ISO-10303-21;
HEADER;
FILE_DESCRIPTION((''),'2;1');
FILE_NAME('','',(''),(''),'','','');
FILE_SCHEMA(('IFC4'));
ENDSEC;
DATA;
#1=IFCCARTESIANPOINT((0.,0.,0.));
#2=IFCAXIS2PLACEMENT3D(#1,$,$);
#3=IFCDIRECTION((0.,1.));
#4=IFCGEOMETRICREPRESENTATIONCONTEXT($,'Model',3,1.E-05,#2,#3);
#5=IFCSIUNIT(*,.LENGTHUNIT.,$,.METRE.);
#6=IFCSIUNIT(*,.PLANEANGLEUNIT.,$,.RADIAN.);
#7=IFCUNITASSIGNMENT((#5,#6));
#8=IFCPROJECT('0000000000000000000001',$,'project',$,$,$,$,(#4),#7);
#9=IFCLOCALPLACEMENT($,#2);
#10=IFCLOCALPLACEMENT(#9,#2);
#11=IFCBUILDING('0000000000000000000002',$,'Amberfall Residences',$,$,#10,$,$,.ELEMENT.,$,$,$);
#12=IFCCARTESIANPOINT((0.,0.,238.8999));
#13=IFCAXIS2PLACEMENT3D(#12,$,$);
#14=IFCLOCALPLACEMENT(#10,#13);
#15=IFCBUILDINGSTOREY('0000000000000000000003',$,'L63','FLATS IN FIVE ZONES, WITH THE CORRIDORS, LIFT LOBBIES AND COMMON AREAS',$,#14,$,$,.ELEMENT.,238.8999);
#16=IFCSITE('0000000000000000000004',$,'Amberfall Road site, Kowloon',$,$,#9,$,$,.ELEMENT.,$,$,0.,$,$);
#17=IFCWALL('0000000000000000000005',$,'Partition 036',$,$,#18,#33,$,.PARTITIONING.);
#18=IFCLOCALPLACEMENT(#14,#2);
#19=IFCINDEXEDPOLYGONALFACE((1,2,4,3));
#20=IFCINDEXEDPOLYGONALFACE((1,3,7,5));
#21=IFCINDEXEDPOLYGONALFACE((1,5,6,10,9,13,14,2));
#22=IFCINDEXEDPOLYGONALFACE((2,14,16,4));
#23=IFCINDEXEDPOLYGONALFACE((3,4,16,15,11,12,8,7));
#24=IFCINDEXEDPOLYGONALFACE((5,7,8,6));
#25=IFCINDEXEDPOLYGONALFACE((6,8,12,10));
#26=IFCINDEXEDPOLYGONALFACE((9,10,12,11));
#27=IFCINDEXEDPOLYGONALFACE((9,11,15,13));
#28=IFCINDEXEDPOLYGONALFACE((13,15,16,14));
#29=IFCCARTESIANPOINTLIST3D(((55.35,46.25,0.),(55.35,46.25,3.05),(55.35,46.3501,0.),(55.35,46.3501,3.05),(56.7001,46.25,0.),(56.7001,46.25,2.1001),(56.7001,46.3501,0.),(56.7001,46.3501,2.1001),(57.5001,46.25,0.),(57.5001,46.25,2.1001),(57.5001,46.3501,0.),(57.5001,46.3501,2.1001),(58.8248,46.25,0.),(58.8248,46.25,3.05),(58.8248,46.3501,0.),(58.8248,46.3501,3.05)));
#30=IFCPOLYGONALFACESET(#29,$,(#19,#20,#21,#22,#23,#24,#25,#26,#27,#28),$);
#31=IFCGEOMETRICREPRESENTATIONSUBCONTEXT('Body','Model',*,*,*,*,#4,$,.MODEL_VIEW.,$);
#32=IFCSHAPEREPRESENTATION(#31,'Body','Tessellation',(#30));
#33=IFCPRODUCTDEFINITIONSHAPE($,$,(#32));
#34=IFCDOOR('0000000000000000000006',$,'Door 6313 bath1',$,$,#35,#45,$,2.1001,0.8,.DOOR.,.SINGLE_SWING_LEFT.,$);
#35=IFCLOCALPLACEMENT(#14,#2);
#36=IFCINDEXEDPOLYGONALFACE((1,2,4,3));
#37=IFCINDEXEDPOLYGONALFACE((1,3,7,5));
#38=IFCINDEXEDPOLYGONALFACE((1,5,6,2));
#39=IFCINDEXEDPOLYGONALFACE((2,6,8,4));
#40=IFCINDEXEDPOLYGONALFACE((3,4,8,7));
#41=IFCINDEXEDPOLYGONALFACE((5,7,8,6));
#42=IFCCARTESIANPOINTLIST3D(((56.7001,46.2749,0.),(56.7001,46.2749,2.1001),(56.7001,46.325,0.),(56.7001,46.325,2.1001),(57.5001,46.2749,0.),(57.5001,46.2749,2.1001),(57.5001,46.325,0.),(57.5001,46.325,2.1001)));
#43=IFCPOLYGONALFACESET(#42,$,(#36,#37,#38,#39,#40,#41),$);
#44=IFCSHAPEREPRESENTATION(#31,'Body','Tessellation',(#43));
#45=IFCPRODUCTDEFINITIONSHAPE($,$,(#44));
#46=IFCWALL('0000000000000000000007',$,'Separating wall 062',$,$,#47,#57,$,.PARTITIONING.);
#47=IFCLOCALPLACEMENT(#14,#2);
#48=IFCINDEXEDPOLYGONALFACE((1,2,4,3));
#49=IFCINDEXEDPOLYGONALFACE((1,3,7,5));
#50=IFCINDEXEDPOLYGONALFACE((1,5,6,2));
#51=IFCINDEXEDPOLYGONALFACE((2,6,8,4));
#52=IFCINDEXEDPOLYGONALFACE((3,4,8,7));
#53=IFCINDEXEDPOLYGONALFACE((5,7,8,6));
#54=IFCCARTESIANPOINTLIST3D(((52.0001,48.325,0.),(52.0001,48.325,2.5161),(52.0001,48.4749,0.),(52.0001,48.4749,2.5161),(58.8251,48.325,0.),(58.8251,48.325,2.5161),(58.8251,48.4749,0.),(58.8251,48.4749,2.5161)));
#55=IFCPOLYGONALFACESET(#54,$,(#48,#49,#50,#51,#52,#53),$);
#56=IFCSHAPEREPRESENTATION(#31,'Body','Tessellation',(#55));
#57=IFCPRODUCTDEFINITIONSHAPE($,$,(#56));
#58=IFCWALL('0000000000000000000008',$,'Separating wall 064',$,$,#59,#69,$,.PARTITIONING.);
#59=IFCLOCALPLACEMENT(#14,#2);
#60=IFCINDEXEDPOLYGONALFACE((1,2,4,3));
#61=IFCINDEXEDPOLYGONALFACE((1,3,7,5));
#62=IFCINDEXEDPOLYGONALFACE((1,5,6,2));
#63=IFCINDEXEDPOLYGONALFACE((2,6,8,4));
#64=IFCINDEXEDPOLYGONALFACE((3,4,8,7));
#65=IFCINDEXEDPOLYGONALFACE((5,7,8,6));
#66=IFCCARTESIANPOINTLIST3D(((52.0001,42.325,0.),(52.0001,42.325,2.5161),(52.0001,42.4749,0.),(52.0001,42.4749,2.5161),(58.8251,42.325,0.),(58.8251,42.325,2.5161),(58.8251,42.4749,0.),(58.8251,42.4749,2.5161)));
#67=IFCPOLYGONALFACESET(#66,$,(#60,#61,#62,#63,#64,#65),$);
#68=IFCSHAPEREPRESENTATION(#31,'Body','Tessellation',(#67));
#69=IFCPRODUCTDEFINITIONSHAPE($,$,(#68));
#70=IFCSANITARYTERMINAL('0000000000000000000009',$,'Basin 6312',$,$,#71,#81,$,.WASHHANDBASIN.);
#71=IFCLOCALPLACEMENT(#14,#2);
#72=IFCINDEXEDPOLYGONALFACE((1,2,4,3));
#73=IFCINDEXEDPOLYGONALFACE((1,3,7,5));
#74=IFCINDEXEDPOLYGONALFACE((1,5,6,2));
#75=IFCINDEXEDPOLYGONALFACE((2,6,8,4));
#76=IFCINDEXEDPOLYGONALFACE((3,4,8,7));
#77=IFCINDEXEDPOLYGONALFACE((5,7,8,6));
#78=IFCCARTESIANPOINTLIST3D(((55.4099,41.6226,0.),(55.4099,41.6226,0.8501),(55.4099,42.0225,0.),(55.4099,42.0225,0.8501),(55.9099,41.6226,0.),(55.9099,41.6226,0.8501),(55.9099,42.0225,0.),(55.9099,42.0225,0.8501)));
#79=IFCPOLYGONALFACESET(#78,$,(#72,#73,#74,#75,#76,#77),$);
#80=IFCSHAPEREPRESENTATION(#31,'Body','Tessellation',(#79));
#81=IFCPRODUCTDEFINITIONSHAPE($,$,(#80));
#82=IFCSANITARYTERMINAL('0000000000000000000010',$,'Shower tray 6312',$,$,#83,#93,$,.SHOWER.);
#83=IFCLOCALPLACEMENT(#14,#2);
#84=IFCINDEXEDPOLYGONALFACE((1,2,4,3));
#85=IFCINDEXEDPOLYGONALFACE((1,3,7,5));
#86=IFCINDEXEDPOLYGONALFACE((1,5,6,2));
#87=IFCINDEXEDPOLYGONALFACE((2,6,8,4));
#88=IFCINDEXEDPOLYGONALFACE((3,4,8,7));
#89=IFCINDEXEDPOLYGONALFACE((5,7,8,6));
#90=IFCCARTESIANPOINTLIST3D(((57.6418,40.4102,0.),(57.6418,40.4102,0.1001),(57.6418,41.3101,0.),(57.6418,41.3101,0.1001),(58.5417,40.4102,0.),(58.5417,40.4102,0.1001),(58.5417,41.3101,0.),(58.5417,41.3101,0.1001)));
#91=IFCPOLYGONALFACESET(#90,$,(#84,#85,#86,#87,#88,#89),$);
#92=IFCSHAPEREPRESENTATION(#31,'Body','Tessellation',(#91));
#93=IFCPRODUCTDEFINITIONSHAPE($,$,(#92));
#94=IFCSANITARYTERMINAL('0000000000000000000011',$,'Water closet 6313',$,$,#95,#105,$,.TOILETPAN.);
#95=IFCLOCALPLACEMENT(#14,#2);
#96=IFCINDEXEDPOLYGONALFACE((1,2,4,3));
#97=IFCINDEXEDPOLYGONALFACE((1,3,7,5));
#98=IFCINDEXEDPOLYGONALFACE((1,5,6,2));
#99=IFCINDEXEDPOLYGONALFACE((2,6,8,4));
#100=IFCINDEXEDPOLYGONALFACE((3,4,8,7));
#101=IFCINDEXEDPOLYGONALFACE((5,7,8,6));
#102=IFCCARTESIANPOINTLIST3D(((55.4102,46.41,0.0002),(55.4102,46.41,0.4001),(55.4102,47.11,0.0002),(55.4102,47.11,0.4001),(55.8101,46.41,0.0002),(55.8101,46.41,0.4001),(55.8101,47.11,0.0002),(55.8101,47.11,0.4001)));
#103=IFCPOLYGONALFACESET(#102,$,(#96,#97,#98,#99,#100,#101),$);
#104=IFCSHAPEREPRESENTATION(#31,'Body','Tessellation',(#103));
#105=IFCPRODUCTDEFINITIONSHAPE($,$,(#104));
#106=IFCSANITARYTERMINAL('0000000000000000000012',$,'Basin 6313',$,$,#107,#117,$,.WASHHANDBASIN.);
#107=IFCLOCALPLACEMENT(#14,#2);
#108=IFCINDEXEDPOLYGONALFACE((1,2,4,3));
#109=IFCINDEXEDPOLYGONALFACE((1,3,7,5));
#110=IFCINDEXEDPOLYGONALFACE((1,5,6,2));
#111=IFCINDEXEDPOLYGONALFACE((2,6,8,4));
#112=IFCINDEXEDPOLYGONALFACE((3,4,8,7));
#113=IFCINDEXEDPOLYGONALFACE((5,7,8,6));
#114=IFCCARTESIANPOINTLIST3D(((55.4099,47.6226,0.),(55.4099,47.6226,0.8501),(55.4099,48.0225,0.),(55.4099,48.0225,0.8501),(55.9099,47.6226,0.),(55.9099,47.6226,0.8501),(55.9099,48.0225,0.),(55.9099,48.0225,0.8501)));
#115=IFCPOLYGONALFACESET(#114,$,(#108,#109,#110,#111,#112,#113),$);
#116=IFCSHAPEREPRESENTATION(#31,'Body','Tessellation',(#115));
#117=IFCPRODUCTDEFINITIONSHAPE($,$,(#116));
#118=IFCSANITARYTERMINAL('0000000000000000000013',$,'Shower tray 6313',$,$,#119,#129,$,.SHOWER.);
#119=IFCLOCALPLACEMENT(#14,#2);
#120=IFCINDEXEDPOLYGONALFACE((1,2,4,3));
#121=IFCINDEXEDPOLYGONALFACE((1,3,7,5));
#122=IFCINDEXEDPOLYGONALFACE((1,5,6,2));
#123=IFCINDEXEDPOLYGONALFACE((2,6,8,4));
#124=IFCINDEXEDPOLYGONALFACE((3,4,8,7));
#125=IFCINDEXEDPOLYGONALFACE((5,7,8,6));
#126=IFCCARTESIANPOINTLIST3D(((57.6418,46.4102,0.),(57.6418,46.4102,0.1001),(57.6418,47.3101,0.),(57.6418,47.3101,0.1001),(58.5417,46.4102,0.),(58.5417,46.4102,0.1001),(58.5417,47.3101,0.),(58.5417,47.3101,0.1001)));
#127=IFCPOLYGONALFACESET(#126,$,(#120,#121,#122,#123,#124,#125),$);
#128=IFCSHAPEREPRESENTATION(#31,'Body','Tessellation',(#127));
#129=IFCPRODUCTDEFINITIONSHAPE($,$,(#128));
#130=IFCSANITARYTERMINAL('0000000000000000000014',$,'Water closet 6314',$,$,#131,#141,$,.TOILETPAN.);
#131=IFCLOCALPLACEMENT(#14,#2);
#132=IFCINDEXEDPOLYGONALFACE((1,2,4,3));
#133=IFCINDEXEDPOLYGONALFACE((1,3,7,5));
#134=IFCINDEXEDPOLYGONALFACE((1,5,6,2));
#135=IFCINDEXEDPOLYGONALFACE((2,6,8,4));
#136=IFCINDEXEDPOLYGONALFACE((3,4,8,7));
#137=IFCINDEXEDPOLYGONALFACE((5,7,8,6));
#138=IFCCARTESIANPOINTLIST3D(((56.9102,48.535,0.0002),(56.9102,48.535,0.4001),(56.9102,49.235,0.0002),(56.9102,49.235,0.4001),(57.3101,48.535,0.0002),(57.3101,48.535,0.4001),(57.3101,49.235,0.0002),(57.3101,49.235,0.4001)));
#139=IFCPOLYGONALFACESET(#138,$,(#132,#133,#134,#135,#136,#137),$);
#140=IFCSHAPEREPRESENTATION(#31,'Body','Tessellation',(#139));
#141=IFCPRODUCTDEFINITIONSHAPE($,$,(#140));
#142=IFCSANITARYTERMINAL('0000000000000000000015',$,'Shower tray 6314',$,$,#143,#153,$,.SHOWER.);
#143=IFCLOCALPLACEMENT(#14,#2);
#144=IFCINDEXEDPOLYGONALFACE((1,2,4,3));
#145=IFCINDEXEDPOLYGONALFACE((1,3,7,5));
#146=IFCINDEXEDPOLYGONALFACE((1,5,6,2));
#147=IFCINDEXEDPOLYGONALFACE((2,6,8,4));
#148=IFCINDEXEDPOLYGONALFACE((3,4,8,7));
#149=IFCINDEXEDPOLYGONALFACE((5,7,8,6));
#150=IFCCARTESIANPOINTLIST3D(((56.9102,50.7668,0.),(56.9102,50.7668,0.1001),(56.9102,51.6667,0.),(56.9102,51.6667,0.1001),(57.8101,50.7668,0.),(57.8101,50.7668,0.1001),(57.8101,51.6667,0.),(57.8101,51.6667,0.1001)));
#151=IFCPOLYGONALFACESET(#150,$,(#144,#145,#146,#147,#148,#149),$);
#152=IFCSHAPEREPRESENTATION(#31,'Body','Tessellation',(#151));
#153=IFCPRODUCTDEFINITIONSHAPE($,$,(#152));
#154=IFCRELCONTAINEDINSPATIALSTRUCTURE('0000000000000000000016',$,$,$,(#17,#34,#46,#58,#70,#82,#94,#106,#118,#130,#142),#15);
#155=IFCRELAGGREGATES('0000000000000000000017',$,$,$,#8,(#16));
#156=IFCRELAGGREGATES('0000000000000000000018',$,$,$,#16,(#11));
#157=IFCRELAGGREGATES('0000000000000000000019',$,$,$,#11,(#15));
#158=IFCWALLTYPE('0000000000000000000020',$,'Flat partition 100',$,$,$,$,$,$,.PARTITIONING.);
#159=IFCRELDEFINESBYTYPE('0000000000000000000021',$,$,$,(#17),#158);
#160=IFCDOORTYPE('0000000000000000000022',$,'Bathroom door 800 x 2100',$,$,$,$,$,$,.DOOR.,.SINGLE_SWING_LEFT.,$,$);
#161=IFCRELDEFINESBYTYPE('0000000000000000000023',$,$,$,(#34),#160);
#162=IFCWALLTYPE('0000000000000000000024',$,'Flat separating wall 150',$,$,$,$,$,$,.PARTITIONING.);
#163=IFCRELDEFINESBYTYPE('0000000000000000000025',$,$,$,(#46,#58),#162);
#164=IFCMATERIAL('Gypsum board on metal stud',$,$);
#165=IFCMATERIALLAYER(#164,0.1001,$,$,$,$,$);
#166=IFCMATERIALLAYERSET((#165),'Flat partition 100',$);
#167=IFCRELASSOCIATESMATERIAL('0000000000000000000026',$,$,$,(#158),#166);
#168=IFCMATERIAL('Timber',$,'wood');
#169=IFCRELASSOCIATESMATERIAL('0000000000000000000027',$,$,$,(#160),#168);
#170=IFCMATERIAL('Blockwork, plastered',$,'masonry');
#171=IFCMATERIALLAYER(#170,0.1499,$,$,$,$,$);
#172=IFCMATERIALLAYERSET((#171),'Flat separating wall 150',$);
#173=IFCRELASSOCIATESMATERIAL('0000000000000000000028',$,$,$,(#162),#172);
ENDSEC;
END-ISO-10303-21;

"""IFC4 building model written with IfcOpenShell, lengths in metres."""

from ifc_helpers import new_model, si_unit, direction, frame, frame_2d, origin, origin_2d, place, context, subcontext, project, spatial, rectangle, extrude, material, layer, layer_set, type_object, element, fill, save


model = new_model("IFC4")

# Units and contexts
model_context = context("Model", 3, precision=1e-05, world=origin(), true_north=direction((0.0, 1.0)))
body_context = subcontext(model_context, "Body", "Model", "MODEL_VIEW")
ifc_project = project(units=[si_unit("LENGTHUNIT", "METRE"), si_unit("PLANEANGLEUNIT", "RADIAN")], contexts=[model_context])

# Site, building, storey
site_placement = place(None, origin())
site = spatial("IfcSite", under=ifc_project, at=site_placement, Name="Amberfall Road site, Kowloon", CompositionType="ELEMENT", RefElevation=0.0)
building_placement = place(site_placement, origin())
building = spatial("IfcBuilding", under=site, at=building_placement, Name="Amberfall Residences", CompositionType="ELEMENT")
storey_placement = place(building_placement, frame((0.0, 0.0, 238.8999)))
storey = spatial("IfcBuildingStorey", under=building, at=storey_placement, Name="L63", Description="FLATS IN FIVE ZONES, WITH THE CORRIDORS, LIFT LOBBIES AND COMMON AREAS", CompositionType="ELEMENT", Elevation=238.8999)

# Shared definitions
ifc_material_1 = material(Name="Gypsum board on metal stud")
ifc_layer_1 = layer(ifc_material_1, 0.1001)
ifc_layer_set_1 = layer_set([ifc_layer_1], Name="Flat partition 100")
wall_type_1 = type_object("IfcWallType", Name="Flat partition 100", PredefinedType="PARTITIONING", material=ifc_layer_set_1)

# Wall, opening, door
wall_1_placement = place(storey_placement, frame((55.3501, 46.3, 0.0), z_axis=(0.0, 0.0, 1.0), x_axis=(1.0, 0.0, 0.0)))
wall_1 = element("IfcWall", 1, at=wall_1_placement, inside=storey, type_object=wall_type_1, Name="Partition 036", PredefinedType="PARTITIONING", context=body_context, shape_type="SweptSolid", body=[
    extrude(rectangle(XDim=3.4749, YDim=0.1001, at=frame_2d((1.7373, 0.0))), origin(), (0.0, 0.0, 1.0), 3.05),
])
opening_placement = place(wall_1_placement, frame((1.3501, 0.0, 0.0)))
opening = element("IfcOpeningElement", 2, at=opening_placement, cuts=wall_1, PredefinedType="OPENING", context=body_context, shape_type="SweptSolid", body=[
    extrude(rectangle(XDim=0.8, YDim=2.1001, at=frame_2d((0.3999, 1.05))), frame((0.0, 0.0601, 0.0), z_axis=(0.0, -1.0, 0.0), x_axis=(1.0, 0.0, 0.0)), (0.0, 0.0, 1.0), 0.1201),
])
ifc_material_2 = material(Name="Timber", Category="wood")
door_type = type_object("IfcDoorType", Name="Bathroom door 800 x 2100", OperationType="SINGLE_SWING_LEFT", PredefinedType="DOOR", material=ifc_material_2)
door_placement = place(opening_placement, origin())
door = element("IfcDoor", 3, at=door_placement, inside=storey, type_object=door_type, Name="Door 6313 bath1", OperationType="SINGLE_SWING_LEFT", OverallHeight=2.1001, OverallWidth=0.8, PredefinedType="DOOR", context=body_context, shape_type="SweptSolid", body=[
    extrude(rectangle(XDim=0.8, YDim=2.1001, at=frame_2d((0.3999, 1.05))), frame((0.0, 0.0249, 0.0), z_axis=(0.0, -1.0, 0.0), x_axis=(1.0, 0.0, 0.0)), (0.0, 0.0, 1.0), 0.05),
])
fill(opening, door)

# Walls
ifc_material_3 = material(Name="Blockwork, plastered", Category="masonry")
ifc_layer_2 = layer(ifc_material_3, 0.1499)
ifc_layer_set_2 = layer_set([ifc_layer_2], Name="Flat separating wall 150")
wall_type_2 = type_object("IfcWallType", Name="Flat separating wall 150", PredefinedType="PARTITIONING", material=ifc_layer_set_2)
for number, where, z_axis, x_axis, name in (
    (4, (52.0, 48.3999, 0.0), (0.0, 0.0, 1.0), (1.0, 0.0, 0.0), "Separating wall 062"),
    (5, (52.0, 42.3999, 0.0), (0.0, 0.0, 1.0), (1.0, 0.0, 0.0), "Separating wall 064"),
):
    element("IfcWall", number, at=place(storey_placement, frame(where, z_axis=z_axis, x_axis=x_axis)), inside=storey, type_object=wall_type_2, Name=name, PredefinedType="PARTITIONING", context=body_context, shape_type="SweptSolid", body=[
        extrude(rectangle(XDim=6.825, YDim=0.1499, at=frame_2d((3.4126, 0.0))), origin(), (0.0, 0.0, 1.0), 2.5161),
    ])

# Sanitary terminals
sanitary_terminal_1_placement = place(storey_placement, frame((55.6599, 41.8225, 0.0), z_axis=(0.0, 0.0, 1.0), x_axis=(1.0, 0.0, 0.0)))
element("IfcSanitaryTerminal", 6, at=sanitary_terminal_1_placement, inside=storey, Name="Basin 6312", PredefinedType="WASHHANDBASIN", context=body_context, shape_type="SweptSolid", body=[
    extrude(rectangle(XDim=0.5, YDim=0.3999, at=origin_2d()), origin(), (0.0, 0.0, 1.0), 0.8501),
])
sanitary_terminal_2_placement = place(storey_placement, frame((58.0918, 40.8601, 0.0), z_axis=(0.0, 0.0, 1.0), x_axis=(1.0, 0.0, 0.0)))
element("IfcSanitaryTerminal", 7, at=sanitary_terminal_2_placement, inside=storey, Name="Shower tray 6312", PredefinedType="SHOWER", context=body_context, shape_type="SweptSolid", body=[
    extrude(rectangle(XDim=0.8999, YDim=0.8999, at=origin_2d()), origin(), (0.0, 0.0, 1.0), 0.1001),
])
sanitary_terminal_3_placement = place(storey_placement, frame((55.6101, 46.76, 0.0002), z_axis=(0.0, 0.0, 1.0), x_axis=(1.0, 0.0, 0.0)))
element("IfcSanitaryTerminal", 8, at=sanitary_terminal_3_placement, inside=storey, Name="Water closet 6313", PredefinedType="TOILETPAN", context=body_context, shape_type="SweptSolid", body=[
    extrude(rectangle(XDim=0.3999, YDim=0.7, at=origin_2d()), origin(), (0.0, 0.0, 1.0), 0.3999),
])
sanitary_terminal_4_placement = place(storey_placement, frame((55.6599, 47.8225, 0.0), z_axis=(0.0, 0.0, 1.0), x_axis=(1.0, 0.0, 0.0)))
element("IfcSanitaryTerminal", 9, at=sanitary_terminal_4_placement, inside=storey, Name="Basin 6313", PredefinedType="WASHHANDBASIN", context=body_context, shape_type="SweptSolid", body=[
    extrude(rectangle(XDim=0.5, YDim=0.3999, at=origin_2d()), origin(), (0.0, 0.0, 1.0), 0.8501),
])
sanitary_terminal_5_placement = place(storey_placement, frame((58.0918, 46.8601, 0.0), z_axis=(0.0, 0.0, 1.0), x_axis=(1.0, 0.0, 0.0)))
element("IfcSanitaryTerminal", 10, at=sanitary_terminal_5_placement, inside=storey, Name="Shower tray 6313", PredefinedType="SHOWER", context=body_context, shape_type="SweptSolid", body=[
    extrude(rectangle(XDim=0.8999, YDim=0.8999, at=origin_2d()), origin(), (0.0, 0.0, 1.0), 0.1001),
])
sanitary_terminal_6_placement = place(storey_placement, frame((57.1101, 48.885, 0.0002), z_axis=(0.0, 0.0, 1.0), x_axis=(1.0, 0.0, 0.0)))
element("IfcSanitaryTerminal", 11, at=sanitary_terminal_6_placement, inside=storey, Name="Water closet 6314", PredefinedType="TOILETPAN", context=body_context, shape_type="SweptSolid", body=[
    extrude(rectangle(XDim=0.3999, YDim=0.7, at=origin_2d()), origin(), (0.0, 0.0, 1.0), 0.3999),
])
sanitary_terminal_7_placement = place(storey_placement, frame((57.3601, 51.2168, 0.0), z_axis=(0.0, 0.0, 1.0), x_axis=(1.0, 0.0, 0.0)))
element("IfcSanitaryTerminal", 12, at=sanitary_terminal_7_placement, inside=storey, Name="Shower tray 6314", PredefinedType="SHOWER", context=body_context, shape_type="SweptSolid", body=[
    extrude(rectangle(XDim=0.8999, YDim=0.8999, at=origin_2d()), origin(), (0.0, 0.0, 1.0), 0.1001),
])

save(model, "model.ifc")
